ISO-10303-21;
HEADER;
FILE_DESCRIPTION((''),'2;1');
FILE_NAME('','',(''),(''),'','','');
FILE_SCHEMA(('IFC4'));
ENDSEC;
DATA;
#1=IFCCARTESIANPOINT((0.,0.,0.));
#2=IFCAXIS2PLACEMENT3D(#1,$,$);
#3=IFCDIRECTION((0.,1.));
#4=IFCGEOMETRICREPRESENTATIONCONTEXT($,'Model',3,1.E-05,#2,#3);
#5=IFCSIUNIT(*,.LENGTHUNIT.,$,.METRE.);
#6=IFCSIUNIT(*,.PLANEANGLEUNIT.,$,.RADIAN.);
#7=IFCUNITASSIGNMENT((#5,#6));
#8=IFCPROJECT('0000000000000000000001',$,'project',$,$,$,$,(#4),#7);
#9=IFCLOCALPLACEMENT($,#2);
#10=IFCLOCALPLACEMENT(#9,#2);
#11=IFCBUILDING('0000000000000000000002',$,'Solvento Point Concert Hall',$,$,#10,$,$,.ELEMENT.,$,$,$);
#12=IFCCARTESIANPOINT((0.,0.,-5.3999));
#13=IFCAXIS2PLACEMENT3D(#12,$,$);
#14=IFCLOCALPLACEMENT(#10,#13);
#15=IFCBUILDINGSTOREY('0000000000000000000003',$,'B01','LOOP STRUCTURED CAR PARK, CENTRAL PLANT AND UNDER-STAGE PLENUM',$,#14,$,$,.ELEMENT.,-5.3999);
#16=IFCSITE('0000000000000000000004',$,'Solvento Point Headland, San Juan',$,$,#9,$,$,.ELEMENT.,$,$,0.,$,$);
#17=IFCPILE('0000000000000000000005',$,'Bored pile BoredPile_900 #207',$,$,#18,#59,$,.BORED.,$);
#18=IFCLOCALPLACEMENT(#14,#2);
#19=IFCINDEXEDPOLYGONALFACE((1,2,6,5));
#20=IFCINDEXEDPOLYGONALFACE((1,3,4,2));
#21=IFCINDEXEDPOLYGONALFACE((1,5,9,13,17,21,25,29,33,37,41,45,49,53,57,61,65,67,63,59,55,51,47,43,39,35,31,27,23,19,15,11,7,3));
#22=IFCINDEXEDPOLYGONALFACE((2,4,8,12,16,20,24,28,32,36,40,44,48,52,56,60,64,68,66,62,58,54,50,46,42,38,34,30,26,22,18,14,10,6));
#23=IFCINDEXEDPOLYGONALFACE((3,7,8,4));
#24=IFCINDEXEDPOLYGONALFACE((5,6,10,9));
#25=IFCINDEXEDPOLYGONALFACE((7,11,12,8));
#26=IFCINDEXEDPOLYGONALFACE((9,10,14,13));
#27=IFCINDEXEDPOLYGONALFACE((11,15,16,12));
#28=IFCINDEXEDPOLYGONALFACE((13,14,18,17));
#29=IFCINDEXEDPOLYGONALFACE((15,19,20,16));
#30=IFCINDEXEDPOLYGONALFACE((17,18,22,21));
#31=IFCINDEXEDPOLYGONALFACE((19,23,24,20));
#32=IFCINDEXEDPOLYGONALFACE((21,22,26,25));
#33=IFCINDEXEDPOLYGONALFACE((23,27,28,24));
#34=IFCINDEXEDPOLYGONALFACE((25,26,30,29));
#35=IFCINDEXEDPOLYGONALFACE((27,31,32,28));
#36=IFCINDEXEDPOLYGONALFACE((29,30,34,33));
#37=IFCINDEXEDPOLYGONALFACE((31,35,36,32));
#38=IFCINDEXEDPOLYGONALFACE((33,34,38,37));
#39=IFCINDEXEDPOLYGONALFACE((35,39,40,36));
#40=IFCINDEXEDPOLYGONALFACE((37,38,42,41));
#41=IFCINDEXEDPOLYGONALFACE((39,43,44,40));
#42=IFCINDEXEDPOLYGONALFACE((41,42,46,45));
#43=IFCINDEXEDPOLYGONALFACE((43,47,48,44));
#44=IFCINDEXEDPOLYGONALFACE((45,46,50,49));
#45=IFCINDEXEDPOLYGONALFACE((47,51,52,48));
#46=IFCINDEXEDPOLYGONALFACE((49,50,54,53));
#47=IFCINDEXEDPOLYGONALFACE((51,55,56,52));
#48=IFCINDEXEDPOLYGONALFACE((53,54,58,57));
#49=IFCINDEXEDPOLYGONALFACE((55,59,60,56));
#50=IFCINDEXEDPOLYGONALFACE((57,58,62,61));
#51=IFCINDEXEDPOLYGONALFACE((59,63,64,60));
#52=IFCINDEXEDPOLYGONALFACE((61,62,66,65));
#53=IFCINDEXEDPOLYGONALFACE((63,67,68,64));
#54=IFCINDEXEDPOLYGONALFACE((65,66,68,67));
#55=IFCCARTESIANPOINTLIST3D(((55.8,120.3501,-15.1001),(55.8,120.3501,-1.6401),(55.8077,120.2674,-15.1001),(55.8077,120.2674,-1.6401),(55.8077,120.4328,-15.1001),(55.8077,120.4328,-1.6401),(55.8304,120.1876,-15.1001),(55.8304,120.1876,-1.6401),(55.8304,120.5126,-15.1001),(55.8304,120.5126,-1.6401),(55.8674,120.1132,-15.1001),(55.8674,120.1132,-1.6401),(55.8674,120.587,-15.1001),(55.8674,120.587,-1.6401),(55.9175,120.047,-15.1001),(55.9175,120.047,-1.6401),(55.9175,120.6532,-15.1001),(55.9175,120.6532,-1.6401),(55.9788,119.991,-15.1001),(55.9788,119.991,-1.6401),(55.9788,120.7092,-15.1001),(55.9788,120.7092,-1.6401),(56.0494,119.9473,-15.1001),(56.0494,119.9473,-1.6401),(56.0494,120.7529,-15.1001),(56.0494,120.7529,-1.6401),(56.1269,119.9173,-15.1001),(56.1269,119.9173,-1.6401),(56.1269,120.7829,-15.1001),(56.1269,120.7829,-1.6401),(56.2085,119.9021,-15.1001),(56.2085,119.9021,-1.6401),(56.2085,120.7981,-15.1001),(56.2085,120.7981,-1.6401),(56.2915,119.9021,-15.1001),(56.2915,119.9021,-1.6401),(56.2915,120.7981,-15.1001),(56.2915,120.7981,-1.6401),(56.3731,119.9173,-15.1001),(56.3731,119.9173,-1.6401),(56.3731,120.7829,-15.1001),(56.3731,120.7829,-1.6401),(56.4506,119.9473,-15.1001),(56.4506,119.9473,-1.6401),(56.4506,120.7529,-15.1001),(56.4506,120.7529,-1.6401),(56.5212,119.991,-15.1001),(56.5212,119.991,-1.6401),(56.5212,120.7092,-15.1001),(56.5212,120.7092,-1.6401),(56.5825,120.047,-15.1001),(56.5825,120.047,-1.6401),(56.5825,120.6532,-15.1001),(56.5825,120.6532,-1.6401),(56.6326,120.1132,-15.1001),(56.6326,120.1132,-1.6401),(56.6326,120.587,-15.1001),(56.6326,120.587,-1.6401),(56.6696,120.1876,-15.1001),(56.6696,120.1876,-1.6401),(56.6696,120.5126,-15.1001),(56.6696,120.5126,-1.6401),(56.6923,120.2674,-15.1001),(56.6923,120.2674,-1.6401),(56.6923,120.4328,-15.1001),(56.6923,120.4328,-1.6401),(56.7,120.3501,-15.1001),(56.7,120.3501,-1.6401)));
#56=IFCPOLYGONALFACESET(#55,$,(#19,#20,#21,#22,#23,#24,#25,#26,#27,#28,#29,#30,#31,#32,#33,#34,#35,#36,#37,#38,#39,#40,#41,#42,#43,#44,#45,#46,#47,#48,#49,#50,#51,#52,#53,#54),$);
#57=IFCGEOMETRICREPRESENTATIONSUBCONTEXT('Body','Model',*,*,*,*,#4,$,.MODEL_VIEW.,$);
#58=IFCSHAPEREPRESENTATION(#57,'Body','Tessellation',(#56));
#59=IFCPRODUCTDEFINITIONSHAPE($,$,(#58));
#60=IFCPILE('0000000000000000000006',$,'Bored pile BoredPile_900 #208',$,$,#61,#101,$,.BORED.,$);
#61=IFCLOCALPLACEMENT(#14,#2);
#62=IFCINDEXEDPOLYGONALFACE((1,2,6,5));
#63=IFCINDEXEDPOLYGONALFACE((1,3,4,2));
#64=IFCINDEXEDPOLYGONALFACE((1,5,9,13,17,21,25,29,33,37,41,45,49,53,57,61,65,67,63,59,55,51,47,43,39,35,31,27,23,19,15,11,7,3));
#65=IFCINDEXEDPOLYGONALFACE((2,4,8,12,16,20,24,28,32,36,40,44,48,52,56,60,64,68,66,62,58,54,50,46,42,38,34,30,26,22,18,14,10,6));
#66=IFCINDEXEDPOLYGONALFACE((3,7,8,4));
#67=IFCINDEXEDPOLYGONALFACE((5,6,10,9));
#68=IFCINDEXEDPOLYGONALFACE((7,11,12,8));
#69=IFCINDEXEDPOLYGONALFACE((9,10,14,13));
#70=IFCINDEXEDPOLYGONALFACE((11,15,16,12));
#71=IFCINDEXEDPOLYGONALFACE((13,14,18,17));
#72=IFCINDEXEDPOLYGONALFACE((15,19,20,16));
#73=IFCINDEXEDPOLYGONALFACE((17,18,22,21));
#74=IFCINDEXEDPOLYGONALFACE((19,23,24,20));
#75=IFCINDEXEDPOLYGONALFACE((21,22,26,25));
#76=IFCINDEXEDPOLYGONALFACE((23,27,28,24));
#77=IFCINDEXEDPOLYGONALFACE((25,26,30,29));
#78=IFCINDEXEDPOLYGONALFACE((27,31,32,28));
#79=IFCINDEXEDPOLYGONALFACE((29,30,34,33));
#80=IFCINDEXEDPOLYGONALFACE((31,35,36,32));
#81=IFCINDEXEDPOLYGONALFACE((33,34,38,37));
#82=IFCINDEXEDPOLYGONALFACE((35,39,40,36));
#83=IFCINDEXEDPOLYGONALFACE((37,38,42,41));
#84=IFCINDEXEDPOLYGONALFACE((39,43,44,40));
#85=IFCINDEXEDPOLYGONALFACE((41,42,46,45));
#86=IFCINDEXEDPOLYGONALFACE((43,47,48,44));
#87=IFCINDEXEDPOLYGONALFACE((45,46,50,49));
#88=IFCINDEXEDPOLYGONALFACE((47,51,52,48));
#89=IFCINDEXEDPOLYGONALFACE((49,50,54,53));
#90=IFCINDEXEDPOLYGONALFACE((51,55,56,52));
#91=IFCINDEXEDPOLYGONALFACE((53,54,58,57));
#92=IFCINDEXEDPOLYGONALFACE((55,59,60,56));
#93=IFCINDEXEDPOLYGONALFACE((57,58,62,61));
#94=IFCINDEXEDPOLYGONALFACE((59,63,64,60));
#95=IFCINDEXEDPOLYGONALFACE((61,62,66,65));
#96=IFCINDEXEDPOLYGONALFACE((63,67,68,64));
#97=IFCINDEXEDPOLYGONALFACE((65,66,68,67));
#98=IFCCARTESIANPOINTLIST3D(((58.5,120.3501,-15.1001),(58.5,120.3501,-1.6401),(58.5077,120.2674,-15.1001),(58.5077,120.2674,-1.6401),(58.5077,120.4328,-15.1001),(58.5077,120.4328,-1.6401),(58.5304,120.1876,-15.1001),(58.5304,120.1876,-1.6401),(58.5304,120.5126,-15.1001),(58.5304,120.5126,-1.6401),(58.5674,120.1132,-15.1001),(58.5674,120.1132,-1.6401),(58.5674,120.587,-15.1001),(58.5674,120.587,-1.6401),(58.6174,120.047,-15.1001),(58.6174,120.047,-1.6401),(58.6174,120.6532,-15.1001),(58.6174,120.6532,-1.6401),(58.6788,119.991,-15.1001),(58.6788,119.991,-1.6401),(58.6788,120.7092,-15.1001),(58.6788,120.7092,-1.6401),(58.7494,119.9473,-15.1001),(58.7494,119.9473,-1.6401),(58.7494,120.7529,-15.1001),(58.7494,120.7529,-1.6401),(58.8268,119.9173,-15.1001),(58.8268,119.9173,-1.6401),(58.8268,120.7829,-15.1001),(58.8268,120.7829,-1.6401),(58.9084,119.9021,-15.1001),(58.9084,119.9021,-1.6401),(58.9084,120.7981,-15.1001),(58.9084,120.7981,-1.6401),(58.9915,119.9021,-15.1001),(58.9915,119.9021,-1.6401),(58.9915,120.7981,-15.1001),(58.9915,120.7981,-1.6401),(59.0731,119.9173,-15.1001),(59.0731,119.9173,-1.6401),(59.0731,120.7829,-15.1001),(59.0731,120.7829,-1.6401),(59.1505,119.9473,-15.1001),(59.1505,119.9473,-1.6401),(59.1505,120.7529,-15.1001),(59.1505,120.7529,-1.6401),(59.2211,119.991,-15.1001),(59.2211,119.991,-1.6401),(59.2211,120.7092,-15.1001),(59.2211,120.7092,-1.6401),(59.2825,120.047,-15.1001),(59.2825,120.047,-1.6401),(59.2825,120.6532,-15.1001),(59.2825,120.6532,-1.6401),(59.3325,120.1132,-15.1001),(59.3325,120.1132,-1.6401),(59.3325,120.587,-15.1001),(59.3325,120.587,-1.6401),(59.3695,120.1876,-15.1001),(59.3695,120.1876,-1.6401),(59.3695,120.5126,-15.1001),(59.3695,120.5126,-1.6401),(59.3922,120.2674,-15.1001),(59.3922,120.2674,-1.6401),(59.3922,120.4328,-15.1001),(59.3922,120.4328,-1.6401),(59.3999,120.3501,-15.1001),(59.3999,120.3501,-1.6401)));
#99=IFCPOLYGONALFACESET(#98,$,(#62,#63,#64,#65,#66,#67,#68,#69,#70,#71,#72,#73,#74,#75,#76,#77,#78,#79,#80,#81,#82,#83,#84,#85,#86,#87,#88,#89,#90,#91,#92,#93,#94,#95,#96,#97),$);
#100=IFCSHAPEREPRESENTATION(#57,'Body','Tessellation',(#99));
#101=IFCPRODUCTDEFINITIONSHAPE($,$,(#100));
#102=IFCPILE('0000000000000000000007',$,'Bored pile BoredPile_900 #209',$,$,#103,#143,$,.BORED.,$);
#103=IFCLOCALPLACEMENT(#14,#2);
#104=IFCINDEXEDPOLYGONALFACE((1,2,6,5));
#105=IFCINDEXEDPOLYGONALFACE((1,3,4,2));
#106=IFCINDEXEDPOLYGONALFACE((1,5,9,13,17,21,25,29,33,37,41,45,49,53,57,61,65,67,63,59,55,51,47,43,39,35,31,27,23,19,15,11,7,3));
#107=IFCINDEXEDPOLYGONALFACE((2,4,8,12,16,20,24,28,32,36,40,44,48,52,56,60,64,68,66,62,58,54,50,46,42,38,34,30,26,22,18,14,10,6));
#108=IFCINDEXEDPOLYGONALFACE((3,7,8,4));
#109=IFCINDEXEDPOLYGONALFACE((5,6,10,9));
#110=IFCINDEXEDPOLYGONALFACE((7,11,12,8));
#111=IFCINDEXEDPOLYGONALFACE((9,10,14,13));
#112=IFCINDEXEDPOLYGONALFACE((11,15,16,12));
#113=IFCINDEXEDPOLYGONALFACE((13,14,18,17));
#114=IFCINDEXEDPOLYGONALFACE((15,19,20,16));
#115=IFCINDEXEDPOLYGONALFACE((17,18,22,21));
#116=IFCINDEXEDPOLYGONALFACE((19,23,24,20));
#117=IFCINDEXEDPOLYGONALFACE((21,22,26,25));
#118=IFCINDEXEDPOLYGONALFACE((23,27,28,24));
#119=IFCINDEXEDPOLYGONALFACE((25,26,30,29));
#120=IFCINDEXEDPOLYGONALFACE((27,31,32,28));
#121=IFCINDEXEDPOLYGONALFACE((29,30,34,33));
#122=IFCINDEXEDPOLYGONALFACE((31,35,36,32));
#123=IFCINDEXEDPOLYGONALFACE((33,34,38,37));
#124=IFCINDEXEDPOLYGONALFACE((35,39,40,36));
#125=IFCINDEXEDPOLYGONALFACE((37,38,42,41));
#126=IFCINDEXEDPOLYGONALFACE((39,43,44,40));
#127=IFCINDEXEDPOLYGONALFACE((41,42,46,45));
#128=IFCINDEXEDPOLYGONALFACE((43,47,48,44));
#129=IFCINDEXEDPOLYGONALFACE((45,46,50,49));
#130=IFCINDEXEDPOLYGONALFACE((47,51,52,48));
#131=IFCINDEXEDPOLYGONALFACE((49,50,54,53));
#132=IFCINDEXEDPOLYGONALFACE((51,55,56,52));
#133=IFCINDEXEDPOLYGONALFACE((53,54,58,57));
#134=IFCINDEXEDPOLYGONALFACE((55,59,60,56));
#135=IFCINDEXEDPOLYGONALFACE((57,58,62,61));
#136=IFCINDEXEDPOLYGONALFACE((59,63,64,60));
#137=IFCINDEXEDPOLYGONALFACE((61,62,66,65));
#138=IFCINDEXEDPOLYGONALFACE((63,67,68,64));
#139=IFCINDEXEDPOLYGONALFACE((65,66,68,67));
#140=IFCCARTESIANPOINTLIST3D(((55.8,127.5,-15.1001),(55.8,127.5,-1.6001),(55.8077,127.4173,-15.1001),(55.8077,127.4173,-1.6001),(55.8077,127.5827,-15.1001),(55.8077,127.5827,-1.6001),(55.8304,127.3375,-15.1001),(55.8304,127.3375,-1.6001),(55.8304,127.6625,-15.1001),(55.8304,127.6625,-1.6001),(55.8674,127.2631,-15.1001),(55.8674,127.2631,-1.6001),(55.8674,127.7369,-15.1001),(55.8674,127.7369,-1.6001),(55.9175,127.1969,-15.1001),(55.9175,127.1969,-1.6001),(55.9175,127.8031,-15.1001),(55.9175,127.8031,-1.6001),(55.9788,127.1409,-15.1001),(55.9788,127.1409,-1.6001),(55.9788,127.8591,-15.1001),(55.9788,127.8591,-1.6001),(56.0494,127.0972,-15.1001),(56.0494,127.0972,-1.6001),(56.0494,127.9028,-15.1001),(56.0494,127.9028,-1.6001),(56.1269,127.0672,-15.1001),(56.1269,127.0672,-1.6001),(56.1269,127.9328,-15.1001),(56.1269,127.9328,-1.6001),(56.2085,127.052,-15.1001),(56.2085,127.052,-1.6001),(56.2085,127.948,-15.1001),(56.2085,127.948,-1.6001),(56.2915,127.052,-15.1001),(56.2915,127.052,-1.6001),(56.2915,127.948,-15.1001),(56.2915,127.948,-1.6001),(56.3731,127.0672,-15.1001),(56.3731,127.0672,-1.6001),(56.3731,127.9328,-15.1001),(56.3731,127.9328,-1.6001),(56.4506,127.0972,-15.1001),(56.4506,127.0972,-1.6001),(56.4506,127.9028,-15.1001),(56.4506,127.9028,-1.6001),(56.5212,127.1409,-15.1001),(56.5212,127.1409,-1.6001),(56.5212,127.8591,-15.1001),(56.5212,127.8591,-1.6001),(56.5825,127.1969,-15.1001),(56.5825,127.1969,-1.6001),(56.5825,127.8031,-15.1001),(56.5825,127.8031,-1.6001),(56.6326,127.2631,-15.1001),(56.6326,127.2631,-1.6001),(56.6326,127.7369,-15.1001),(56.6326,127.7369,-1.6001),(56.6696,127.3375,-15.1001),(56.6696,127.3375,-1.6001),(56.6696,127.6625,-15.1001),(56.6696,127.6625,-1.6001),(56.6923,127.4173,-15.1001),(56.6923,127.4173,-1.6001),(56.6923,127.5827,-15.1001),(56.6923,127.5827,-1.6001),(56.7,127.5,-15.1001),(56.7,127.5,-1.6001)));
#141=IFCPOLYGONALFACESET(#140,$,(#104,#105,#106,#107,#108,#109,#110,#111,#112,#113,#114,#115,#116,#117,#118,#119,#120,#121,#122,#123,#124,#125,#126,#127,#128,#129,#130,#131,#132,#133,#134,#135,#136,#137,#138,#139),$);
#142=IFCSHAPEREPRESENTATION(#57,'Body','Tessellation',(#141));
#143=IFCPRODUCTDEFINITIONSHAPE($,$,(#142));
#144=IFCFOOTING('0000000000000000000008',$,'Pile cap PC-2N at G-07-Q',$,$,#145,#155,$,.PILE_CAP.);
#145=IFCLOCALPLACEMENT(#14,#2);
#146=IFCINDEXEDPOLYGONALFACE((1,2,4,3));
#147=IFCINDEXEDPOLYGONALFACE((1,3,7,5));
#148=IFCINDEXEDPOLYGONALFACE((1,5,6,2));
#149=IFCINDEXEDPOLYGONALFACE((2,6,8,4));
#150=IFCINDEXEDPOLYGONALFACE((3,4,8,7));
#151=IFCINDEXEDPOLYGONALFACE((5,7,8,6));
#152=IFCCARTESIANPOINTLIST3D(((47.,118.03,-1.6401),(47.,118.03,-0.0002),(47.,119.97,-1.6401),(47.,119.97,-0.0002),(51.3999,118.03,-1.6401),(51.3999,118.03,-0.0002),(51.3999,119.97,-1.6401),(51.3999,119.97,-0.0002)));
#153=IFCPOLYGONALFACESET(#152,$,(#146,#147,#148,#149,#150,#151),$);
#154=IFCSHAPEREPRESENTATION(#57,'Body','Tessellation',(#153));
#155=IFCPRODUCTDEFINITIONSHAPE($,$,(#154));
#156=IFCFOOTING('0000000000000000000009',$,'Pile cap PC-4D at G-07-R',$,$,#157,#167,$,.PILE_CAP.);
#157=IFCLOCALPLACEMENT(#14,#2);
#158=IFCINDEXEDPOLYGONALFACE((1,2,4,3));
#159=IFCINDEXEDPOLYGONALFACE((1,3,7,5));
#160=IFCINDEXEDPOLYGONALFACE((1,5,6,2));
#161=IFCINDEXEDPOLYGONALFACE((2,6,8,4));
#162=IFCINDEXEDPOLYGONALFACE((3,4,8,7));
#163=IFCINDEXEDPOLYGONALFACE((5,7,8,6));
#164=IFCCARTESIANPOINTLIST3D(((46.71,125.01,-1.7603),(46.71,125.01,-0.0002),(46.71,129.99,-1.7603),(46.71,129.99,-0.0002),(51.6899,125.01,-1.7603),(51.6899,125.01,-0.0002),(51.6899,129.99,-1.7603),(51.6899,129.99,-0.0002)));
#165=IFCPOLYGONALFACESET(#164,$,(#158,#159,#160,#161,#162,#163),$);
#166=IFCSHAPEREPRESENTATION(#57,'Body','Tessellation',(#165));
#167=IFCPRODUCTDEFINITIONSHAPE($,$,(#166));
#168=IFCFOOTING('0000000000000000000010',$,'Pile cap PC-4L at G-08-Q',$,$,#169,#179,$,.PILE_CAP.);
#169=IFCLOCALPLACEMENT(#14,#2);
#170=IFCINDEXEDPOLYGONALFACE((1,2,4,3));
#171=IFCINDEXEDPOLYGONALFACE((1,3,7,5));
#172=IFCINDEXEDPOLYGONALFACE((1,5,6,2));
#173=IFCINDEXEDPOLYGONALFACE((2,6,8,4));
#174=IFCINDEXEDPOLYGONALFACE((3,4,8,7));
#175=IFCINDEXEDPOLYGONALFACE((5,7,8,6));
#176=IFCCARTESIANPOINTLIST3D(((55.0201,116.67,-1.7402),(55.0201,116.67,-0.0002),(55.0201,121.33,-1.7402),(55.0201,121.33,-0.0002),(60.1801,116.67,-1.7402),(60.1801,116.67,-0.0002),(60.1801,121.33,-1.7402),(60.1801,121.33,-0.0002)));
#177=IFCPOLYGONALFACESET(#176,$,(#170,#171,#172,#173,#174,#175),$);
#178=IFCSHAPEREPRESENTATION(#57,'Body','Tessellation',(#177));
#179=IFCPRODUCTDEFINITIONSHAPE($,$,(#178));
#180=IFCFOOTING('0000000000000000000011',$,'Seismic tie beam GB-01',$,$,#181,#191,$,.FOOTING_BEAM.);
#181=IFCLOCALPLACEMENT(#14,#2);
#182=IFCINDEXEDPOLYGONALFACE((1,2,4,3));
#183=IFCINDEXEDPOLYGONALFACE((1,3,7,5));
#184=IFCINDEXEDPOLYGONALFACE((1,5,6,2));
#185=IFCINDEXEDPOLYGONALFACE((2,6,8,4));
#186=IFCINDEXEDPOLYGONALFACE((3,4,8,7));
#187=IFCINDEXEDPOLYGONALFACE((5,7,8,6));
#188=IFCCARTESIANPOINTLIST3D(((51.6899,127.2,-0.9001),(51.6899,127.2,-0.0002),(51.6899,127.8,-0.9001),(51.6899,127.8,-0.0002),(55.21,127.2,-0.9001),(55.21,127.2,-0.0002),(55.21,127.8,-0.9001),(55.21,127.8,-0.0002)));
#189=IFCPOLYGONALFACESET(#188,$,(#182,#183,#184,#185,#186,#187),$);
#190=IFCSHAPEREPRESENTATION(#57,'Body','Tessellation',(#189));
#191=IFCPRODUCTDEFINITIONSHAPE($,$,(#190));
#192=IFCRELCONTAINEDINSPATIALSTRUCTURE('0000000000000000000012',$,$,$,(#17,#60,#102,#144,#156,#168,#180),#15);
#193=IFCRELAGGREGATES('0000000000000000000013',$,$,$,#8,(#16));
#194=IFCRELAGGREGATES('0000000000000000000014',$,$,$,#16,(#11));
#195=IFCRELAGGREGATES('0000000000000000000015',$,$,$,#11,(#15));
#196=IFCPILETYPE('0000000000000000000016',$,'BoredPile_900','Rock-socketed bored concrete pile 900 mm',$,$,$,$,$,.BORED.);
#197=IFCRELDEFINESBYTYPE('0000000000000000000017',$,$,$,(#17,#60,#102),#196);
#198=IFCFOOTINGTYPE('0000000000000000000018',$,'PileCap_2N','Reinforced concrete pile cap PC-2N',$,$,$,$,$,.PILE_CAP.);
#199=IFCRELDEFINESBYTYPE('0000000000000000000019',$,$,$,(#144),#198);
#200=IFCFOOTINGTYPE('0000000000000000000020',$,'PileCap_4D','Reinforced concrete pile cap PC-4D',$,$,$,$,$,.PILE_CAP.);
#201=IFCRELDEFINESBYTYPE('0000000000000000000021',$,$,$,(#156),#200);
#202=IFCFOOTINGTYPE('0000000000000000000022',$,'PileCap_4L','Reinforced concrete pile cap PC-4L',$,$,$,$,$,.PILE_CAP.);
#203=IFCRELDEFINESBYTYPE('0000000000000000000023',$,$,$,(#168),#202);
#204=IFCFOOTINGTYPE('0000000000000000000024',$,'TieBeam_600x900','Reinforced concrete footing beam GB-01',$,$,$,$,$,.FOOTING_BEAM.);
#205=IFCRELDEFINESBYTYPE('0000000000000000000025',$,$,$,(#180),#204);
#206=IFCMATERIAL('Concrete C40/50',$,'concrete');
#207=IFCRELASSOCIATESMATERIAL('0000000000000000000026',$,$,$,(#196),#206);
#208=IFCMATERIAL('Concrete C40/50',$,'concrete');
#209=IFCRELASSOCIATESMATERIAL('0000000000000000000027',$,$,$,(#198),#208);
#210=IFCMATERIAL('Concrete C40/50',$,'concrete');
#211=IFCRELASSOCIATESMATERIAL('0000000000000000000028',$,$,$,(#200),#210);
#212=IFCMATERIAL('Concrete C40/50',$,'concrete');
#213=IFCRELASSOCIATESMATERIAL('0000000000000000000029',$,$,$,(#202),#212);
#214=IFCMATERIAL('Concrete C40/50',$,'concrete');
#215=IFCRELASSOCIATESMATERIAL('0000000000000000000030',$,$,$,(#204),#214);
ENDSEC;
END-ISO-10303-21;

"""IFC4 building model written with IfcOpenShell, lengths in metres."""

from ifc_helpers import new_model, si_unit, direction, frame, origin, origin_2d, place, context, subcontext, project, spatial, rectangle, circle, extrude, material, material_profile, profile_set, type_object, element, save


model = new_model("IFC4")

# Units and contexts
model_context = context("Model", 3, precision=1e-05, world=origin(), true_north=direction((0.0, 1.0)))
body_context = subcontext(model_context, "Body", "Model", "MODEL_VIEW")
ifc_project = project(units=[si_unit("LENGTHUNIT", "METRE"), si_unit("PLANEANGLEUNIT", "RADIAN")], contexts=[model_context])

# Site, building, storey
site_placement = place(None, origin())
site = spatial("IfcSite", under=ifc_project, at=site_placement, Name="Solvento Point Headland, San Juan", CompositionType="ELEMENT", RefElevation=0.0)
building_placement = place(site_placement, origin())
building = spatial("IfcBuilding", under=site, at=building_placement, Name="Solvento Point Concert Hall", CompositionType="ELEMENT")
storey_placement = place(building_placement, frame((0.0, 0.0, -5.3999)))
storey = spatial("IfcBuildingStorey", under=building, at=storey_placement, Name="B01", Description="LOOP STRUCTURED CAR PARK, CENTRAL PLANT AND UNDER-STAGE PLENUM", CompositionType="ELEMENT", Elevation=-5.3999)

# Piles
ifc_material_1 = material(Name="Concrete C40/50", Category="concrete")
ifc_material_profile_1 = material_profile(ifc_material_1, circle(Radius=0.45, at=origin_2d()), Name="BP-900")
ifc_profile_set_1 = profile_set([ifc_material_profile_1], Name="Concrete C40/50")
pile_type_1 = type_object("IfcPileType", Name="BoredPile_900", Description="Rock-socketed bored concrete pile 900 mm", PredefinedType="BORED", material=ifc_profile_set_1)
for number, where, z_axis, x_axis, name in (
    (1, (56.25, 120.3501, -1.6401), (0.0, 0.0, -1.0), (1.0, 0.0, 0.0), "Bored pile BoredPile_900 #207"),
    (2, (58.95, 120.3501, -1.6401), (0.0, 0.0, -1.0), (1.0, 0.0, 0.0), "Bored pile BoredPile_900 #208"),
):
    element("IfcPile", number, at=place(storey_placement, frame(where, z_axis=z_axis, x_axis=x_axis)), inside=storey, type_object=pile_type_1, Name=name, PredefinedType="BORED", context=body_context, shape_type="SweptSolid", body=[
        extrude(circle(Radius=0.45, at=origin_2d()), origin(), (0.0, 0.0, 1.0), 13.46),
    ])
pile_placement = place(storey_placement, frame((56.25, 127.5, -1.6001), z_axis=(0.0, 0.0, -1.0), x_axis=(1.0, 0.0, 0.0)))
element("IfcPile", 3, at=pile_placement, inside=storey, type_object=pile_type_1, Name="Bored pile BoredPile_900 #209", PredefinedType="BORED", context=body_context, shape_type="SweptSolid", body=[
    extrude(circle(Radius=0.45, at=origin_2d()), origin(), (0.0, 0.0, 1.0), 13.5),
])

# Footings
ifc_material_2 = material(Name="Concrete C40/50", Category="concrete")
footing_type_1 = type_object("IfcFootingType", Name="PileCap_2N", Description="Reinforced concrete pile cap PC-2N", PredefinedType="PILE_CAP", material=ifc_material_2)
footing_1_placement = place(storey_placement, frame((49.2, 119.0, -1.6401), z_axis=(0.0, 0.0, 1.0), x_axis=(1.0, 0.0, 0.0)))
element("IfcFooting", 4, at=footing_1_placement, inside=storey, type_object=footing_type_1, Name="Pile cap PC-2N at G-07-Q", PredefinedType="PILE_CAP", context=body_context, shape_type="SweptSolid", body=[
    extrude(rectangle(XDim=4.3999, YDim=1.9399, at=origin_2d()), origin(), (0.0, 0.0, 1.0), 1.6399),
])
ifc_material_3 = material(Name="Concrete C40/50", Category="concrete")
footing_type_2 = type_object("IfcFootingType", Name="PileCap_4D", Description="Reinforced concrete pile cap PC-4D", PredefinedType="PILE_CAP", material=ifc_material_3)
footing_2_placement = place(storey_placement, frame((49.2, 127.5, -1.7603), z_axis=(0.0, 0.0, 1.0), x_axis=(1.0, 0.0, 0.0)))
element("IfcFooting", 5, at=footing_2_placement, inside=storey, type_object=footing_type_2, Name="Pile cap PC-4D at G-07-R", PredefinedType="PILE_CAP", context=body_context, shape_type="SweptSolid", body=[
    extrude(rectangle(XDim=4.98, YDim=4.98, at=origin_2d()), origin(), (0.0, 0.0, 1.0), 1.76),
])
ifc_material_4 = material(Name="Concrete C40/50", Category="concrete")
footing_type_3 = type_object("IfcFootingType", Name="PileCap_4L", Description="Reinforced concrete pile cap PC-4L", PredefinedType="PILE_CAP", material=ifc_material_4)
footing_3_placement = place(storey_placement, frame((57.6001, 119.0, -1.7402), z_axis=(0.0, 0.0, 1.0), x_axis=(1.0, 0.0, 0.0)))
element("IfcFooting", 6, at=footing_3_placement, inside=storey, type_object=footing_type_3, Name="Pile cap PC-4L at G-08-Q", PredefinedType="PILE_CAP", context=body_context, shape_type="SweptSolid", body=[
    extrude(rectangle(XDim=5.1599, YDim=4.6599, at=origin_2d()), origin(), (0.0, 0.0, 1.0), 1.74),
])
ifc_material_5 = material(Name="Concrete C40/50", Category="concrete")
footing_type_4 = type_object("IfcFootingType", Name="TieBeam_600x900", Description="Reinforced concrete footing beam GB-01", PredefinedType="FOOTING_BEAM", material=ifc_material_5)
footing_4_placement = place(storey_placement, frame((53.45, 127.5, -0.9001), z_axis=(0.0, 0.0, 1.0), x_axis=(1.0, 0.0, 0.0)))
element("IfcFooting", 7, at=footing_4_placement, inside=storey, type_object=footing_type_4, Name="Seismic tie beam GB-01", PredefinedType="FOOTING_BEAM", context=body_context, shape_type="SweptSolid", body=[
    extrude(rectangle(XDim=3.52, YDim=0.6001, at=origin_2d()), origin(), (0.0, 0.0, 1.0), 0.8999),
])

save(model, "model.ifc")
